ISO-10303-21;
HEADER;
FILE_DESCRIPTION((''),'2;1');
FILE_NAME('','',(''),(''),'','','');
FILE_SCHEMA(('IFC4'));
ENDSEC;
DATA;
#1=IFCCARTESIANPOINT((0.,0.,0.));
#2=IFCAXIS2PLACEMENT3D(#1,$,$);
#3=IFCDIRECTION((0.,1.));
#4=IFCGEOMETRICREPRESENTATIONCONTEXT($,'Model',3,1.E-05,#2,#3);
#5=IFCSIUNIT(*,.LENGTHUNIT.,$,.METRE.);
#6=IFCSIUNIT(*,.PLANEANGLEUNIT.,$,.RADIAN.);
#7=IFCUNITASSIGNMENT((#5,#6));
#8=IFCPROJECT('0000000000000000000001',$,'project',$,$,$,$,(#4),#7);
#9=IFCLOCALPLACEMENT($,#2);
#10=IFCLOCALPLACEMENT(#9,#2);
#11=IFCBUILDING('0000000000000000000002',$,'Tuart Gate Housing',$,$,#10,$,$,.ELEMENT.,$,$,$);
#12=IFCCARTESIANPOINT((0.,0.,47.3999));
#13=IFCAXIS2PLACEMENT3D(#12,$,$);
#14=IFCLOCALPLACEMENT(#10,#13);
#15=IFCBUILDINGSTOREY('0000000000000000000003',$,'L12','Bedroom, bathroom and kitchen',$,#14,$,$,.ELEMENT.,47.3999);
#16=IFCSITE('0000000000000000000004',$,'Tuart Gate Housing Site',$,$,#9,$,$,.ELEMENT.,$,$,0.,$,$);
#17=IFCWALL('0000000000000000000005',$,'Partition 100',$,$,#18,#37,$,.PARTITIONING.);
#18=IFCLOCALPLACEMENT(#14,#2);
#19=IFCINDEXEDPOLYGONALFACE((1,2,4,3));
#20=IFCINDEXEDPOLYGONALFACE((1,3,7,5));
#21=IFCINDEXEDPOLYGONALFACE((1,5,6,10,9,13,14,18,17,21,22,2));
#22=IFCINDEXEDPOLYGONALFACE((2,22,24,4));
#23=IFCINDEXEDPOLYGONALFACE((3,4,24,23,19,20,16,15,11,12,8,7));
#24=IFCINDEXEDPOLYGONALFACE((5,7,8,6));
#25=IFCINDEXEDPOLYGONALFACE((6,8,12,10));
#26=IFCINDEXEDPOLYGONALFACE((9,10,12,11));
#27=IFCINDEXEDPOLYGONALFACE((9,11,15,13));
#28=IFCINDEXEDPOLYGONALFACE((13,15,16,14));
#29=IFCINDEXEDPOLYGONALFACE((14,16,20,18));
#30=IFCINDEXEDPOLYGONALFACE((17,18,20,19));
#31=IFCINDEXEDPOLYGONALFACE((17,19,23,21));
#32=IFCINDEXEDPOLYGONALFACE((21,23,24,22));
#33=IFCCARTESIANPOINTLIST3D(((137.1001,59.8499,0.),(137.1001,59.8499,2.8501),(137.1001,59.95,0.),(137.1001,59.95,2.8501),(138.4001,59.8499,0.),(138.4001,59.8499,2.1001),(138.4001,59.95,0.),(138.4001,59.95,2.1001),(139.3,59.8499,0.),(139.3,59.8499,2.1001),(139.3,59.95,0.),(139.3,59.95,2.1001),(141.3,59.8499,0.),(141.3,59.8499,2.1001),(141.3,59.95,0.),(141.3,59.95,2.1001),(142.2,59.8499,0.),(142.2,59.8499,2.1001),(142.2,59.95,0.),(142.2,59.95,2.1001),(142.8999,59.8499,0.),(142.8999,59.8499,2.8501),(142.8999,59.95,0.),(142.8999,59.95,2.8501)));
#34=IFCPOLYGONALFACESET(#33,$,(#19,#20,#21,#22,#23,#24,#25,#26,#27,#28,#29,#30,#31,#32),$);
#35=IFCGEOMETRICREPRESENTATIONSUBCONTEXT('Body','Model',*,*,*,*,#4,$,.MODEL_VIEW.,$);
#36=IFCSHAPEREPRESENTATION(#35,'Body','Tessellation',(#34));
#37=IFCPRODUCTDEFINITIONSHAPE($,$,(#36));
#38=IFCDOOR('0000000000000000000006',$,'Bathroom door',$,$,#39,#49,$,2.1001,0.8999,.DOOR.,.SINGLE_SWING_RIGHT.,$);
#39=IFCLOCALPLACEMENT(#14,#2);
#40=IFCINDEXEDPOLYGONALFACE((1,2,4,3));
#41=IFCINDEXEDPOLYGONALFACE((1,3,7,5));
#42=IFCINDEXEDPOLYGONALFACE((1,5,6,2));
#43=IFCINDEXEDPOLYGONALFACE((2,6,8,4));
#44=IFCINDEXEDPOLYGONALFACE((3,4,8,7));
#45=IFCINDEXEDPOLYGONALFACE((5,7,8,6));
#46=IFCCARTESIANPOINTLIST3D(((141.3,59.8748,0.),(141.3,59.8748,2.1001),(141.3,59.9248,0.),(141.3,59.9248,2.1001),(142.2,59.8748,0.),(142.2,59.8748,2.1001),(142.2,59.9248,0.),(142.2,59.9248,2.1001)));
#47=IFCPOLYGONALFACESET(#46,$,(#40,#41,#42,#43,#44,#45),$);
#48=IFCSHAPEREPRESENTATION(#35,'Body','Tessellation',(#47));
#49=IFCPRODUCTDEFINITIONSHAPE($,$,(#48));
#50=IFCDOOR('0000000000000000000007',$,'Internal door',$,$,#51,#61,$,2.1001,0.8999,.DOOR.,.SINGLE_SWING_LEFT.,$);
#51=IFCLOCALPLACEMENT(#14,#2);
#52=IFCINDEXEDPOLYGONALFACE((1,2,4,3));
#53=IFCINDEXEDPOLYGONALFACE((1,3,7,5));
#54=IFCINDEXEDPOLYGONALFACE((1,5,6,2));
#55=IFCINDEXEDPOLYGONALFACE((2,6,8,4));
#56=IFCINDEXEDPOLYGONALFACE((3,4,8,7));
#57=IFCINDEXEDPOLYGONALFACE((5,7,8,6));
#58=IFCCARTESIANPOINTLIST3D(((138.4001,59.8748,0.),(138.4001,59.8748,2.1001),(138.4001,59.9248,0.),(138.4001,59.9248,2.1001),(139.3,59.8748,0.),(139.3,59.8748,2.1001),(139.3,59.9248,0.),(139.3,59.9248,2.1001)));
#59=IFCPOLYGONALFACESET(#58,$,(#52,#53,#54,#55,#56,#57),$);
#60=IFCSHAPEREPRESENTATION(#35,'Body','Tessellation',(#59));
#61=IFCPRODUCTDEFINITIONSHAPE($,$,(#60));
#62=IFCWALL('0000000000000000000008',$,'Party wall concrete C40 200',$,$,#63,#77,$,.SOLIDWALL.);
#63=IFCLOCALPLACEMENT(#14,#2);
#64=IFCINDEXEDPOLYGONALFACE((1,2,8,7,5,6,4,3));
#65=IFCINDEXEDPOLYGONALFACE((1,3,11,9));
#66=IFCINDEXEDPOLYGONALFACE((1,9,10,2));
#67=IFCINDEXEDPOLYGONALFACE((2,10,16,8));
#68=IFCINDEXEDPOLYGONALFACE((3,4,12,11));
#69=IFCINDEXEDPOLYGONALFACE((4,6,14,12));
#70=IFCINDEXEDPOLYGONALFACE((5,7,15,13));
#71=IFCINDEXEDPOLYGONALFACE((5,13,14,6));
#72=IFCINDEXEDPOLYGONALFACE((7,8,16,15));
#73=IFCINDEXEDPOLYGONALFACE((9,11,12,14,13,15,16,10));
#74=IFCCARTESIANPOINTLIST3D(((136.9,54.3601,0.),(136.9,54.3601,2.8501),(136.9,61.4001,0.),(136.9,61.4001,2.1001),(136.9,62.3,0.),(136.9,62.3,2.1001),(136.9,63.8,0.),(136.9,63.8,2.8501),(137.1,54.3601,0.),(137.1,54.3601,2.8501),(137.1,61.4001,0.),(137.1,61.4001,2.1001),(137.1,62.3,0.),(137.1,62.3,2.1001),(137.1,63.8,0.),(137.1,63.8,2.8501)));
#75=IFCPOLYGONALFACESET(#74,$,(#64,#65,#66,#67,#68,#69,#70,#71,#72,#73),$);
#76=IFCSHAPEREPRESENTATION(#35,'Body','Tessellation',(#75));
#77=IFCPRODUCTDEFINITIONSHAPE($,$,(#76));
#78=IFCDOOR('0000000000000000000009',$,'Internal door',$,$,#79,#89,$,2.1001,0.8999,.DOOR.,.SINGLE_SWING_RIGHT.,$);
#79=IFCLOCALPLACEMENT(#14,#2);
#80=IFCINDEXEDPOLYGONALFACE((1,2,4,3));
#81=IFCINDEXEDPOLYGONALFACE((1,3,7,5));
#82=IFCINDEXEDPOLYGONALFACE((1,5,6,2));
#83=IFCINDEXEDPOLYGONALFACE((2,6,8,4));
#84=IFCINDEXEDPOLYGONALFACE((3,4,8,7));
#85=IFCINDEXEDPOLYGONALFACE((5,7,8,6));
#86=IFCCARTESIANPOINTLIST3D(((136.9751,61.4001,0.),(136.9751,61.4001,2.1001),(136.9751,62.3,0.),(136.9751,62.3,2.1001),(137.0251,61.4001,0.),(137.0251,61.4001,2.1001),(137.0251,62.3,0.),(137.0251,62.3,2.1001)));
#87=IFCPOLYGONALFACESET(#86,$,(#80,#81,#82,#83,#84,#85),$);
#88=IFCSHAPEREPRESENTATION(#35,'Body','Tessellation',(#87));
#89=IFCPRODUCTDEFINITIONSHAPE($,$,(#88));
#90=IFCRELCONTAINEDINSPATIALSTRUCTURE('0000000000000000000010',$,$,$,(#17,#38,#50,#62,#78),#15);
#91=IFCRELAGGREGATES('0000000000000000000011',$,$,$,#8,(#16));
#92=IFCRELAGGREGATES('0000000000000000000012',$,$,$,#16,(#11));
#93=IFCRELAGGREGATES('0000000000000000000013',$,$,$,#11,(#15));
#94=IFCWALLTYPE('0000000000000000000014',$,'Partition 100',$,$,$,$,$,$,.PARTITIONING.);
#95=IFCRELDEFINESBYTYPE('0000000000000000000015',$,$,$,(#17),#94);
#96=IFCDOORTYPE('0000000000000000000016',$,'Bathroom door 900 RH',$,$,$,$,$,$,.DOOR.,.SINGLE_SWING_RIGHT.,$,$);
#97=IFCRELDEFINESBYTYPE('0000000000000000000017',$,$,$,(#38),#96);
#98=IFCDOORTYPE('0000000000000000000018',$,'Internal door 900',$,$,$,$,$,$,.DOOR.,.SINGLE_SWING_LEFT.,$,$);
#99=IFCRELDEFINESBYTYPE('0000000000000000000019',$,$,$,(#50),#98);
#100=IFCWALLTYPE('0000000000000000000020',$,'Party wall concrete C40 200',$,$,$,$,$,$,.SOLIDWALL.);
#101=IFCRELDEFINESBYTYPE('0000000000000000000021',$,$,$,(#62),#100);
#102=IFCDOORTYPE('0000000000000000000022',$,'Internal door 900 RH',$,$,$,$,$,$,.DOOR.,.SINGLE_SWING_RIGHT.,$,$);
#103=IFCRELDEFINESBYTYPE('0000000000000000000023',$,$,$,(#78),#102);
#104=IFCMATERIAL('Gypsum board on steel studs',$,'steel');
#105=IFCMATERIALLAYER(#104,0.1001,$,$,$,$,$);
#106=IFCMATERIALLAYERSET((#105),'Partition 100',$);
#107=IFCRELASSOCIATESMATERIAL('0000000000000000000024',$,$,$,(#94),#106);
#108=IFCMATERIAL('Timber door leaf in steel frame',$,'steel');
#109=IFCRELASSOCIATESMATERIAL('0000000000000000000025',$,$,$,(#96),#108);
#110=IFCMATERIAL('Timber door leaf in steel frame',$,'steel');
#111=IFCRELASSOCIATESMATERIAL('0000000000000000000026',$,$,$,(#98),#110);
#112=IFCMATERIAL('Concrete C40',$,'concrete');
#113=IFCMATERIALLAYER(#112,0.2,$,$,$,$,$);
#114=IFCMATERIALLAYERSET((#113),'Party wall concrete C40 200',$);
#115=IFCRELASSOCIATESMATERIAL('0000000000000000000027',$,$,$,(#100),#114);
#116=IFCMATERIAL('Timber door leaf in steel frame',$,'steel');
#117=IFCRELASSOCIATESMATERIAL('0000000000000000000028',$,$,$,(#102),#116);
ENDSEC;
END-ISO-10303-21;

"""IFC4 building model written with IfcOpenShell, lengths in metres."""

from ifc_helpers import new_model, si_unit, direction, frame, frame_2d, origin, place, context, subcontext, project, spatial, rectangle, extrude, material, layer, layer_set, type_object, element, fill, save


model = new_model("IFC4")

# Units and contexts
model_context = context("Model", 3, precision=1e-05, world=origin(), true_north=direction((0.0, 1.0)))
body_context = subcontext(model_context, "Body", "Model", "MODEL_VIEW")
ifc_project = project(units=[si_unit("LENGTHUNIT", "METRE"), si_unit("PLANEANGLEUNIT", "RADIAN")], contexts=[model_context])

# Site, building, storey
site_placement = place(None, origin())
site = spatial("IfcSite", under=ifc_project, at=site_placement, Name="Tuart Gate Housing Site", CompositionType="ELEMENT", RefElevation=0.0)
building_placement = place(site_placement, origin())
building = spatial("IfcBuilding", under=site, at=building_placement, Name="Tuart Gate Housing", CompositionType="ELEMENT")
storey_placement = place(building_placement, frame((0.0, 0.0, 47.3999)))
storey = spatial("IfcBuildingStorey", under=building, at=storey_placement, Name="L12", Description="Bedroom, bathroom and kitchen", CompositionType="ELEMENT", Elevation=47.3999)

# Wall, openings, doors
ifc_material_1 = material(Name="Gypsum board on steel studs", Category="steel")
ifc_layer_1 = layer(ifc_material_1, 0.1001)
ifc_layer_set_1 = layer_set([ifc_layer_1], Name="Partition 100")
wall_type_1 = type_object("IfcWallType", Name="Partition 100", PredefinedType="PARTITIONING", material=ifc_layer_set_1)
wall_1_placement = place(storey_placement, frame((137.1001, 59.8999, 0.0), z_axis=(0.0, 0.0, 1.0), x_axis=(1.0, 0.0, 0.0)))
wall_1 = element("IfcWall", 1, at=wall_1_placement, inside=storey, type_object=wall_type_1, Name="Partition 100", PredefinedType="PARTITIONING", context=body_context, shape_type="SweptSolid", body=[
    extrude(rectangle(XDim=5.7998, YDim=0.1001, at=frame_2d((2.8999, 0.0))), origin(), (0.0, 0.0, 1.0), 2.8501),
])
opening_1_placement = place(wall_1_placement, frame((1.3, 0.0, 0.0)))
opening_1 = element("IfcOpeningElement", 2, at=opening_1_placement, cuts=wall_1, PredefinedType="OPENING", context=body_context, shape_type="SweptSolid", body=[
    extrude(rectangle(XDim=0.8999, YDim=2.1001, at=frame_2d((0.45, 1.05))), frame((0.0, 0.0601, 0.0), z_axis=(0.0, -1.0, 0.0), x_axis=(1.0, 0.0, 0.0)), (0.0, 0.0, 1.0), 0.1201),
])
opening_2_placement = place(wall_1_placement, frame((4.2, 0.0, 0.0)))
opening_2 = element("IfcOpeningElement", 3, at=opening_2_placement, cuts=wall_1, PredefinedType="OPENING", context=body_context, shape_type="SweptSolid", body=[
    extrude(rectangle(XDim=0.8999, YDim=2.1001, at=frame_2d((0.45, 1.05))), frame((0.0, 0.0601, 0.0), z_axis=(0.0, -1.0, 0.0), x_axis=(1.0, 0.0, 0.0)), (0.0, 0.0, 1.0), 0.1201),
])
ifc_material_2 = material(Name="Timber door leaf in steel frame", Category="steel")
door_type_1 = type_object("IfcDoorType", Name="Bathroom door 900 RH", OperationType="SINGLE_SWING_RIGHT", PredefinedType="DOOR", material=ifc_material_2)
door_1_placement = place(opening_2_placement, frame((0.8999, 0.0, 0.0), z_axis=(0.0, 0.0, 1.0), x_axis=(-1.0, 0.0, 0.0)))
door_1 = element("IfcDoor", 4, at=door_1_placement, inside=storey, type_object=door_type_1, Name="Bathroom door", OperationType="SINGLE_SWING_RIGHT", OverallHeight=2.1001, OverallWidth=0.8999, PredefinedType="DOOR", context=body_context, shape_type="SweptSolid", body=[
    extrude(rectangle(XDim=0.8999, YDim=2.1001, at=frame_2d((0.45, 1.05))), frame((0.0, 0.0251, 0.0), z_axis=(0.0, -1.0, 0.0), x_axis=(1.0, 0.0, 0.0)), (0.0, 0.0, 1.0), 0.05),
])
fill(opening_2, door_1)
ifc_material_3 = material(Name="Timber door leaf in steel frame", Category="steel")
door_type_2 = type_object("IfcDoorType", Name="Internal door 900", OperationType="SINGLE_SWING_LEFT", PredefinedType="DOOR", material=ifc_material_3)
door_2_placement = place(opening_1_placement, frame((0.8999, 0.0, 0.0), z_axis=(0.0, 0.0, 1.0), x_axis=(-1.0, 0.0, 0.0)))
door_2 = element("IfcDoor", 5, at=door_2_placement, inside=storey, type_object=door_type_2, Name="Internal door", OperationType="SINGLE_SWING_LEFT", OverallHeight=2.1001, OverallWidth=0.8999, PredefinedType="DOOR", context=body_context, shape_type="SweptSolid", body=[
    extrude(rectangle(XDim=0.8999, YDim=2.1001, at=frame_2d((0.45, 1.05))), frame((0.0, 0.0251, 0.0), z_axis=(0.0, -1.0, 0.0), x_axis=(1.0, 0.0, 0.0)), (0.0, 0.0, 1.0), 0.05),
])
fill(opening_1, door_2)

# Wall, opening, door
ifc_material_4 = material(Name="Concrete C40", Category="concrete")
ifc_layer_2 = layer(ifc_material_4, 0.2)
ifc_layer_set_2 = layer_set([ifc_layer_2], Name="Party wall concrete C40 200")
wall_type_2 = type_object("IfcWallType", Name="Party wall concrete C40 200", PredefinedType="SOLIDWALL", material=ifc_layer_set_2)
wall_2_placement = place(storey_placement, frame((137.0, 54.3601, 0.0), z_axis=(0.0, 0.0, 1.0), x_axis=(0.0, 1.0, 0.0)))
wall_2 = element("IfcWall", 6, at=wall_2_placement, inside=storey, type_object=wall_type_2, Name="Party wall concrete C40 200", PredefinedType="SOLIDWALL", context=body_context, shape_type="SweptSolid", body=[
    extrude(rectangle(XDim=9.4399, YDim=0.2, at=frame_2d((4.72, 0.0))), origin(), (0.0, 0.0, 1.0), 2.8501),
])
opening_3_placement = place(wall_2_placement, frame((7.04, 0.0, 0.0)))
opening_3 = element("IfcOpeningElement", 7, at=opening_3_placement, cuts=wall_2, PredefinedType="OPENING", context=body_context, shape_type="SweptSolid", body=[
    extrude(rectangle(XDim=0.8999, YDim=2.1001, at=frame_2d((0.45, 1.05))), frame((0.0, 0.1099, 0.0), z_axis=(0.0, -1.0, 0.0), x_axis=(1.0, 0.0, 0.0)), (0.0, 0.0, 1.0), 0.22),
])
ifc_material_5 = material(Name="Timber door leaf in steel frame", Category="steel")
door_type_3 = type_object("IfcDoorType", Name="Internal door 900 RH", OperationType="SINGLE_SWING_RIGHT", PredefinedType="DOOR", material=ifc_material_5)
door_3_placement = place(opening_3_placement, frame((0.8999, 0.0, 0.0), z_axis=(0.0, 0.0, 1.0), x_axis=(-1.0, 0.0, 0.0)))
door_3 = element("IfcDoor", 8, at=door_3_placement, inside=storey, type_object=door_type_3, Name="Internal door", OperationType="SINGLE_SWING_RIGHT", OverallHeight=2.1001, OverallWidth=0.8999, PredefinedType="DOOR", context=body_context, shape_type="SweptSolid", body=[
    extrude(rectangle(XDim=0.8999, YDim=2.1001, at=frame_2d((0.45, 1.05))), frame((0.0, 0.0251, 0.0), z_axis=(0.0, -1.0, 0.0), x_axis=(1.0, 0.0, 0.0)), (0.0, 0.0, 1.0), 0.05),
])
fill(opening_3, door_3)

save(model, "model.ifc")
